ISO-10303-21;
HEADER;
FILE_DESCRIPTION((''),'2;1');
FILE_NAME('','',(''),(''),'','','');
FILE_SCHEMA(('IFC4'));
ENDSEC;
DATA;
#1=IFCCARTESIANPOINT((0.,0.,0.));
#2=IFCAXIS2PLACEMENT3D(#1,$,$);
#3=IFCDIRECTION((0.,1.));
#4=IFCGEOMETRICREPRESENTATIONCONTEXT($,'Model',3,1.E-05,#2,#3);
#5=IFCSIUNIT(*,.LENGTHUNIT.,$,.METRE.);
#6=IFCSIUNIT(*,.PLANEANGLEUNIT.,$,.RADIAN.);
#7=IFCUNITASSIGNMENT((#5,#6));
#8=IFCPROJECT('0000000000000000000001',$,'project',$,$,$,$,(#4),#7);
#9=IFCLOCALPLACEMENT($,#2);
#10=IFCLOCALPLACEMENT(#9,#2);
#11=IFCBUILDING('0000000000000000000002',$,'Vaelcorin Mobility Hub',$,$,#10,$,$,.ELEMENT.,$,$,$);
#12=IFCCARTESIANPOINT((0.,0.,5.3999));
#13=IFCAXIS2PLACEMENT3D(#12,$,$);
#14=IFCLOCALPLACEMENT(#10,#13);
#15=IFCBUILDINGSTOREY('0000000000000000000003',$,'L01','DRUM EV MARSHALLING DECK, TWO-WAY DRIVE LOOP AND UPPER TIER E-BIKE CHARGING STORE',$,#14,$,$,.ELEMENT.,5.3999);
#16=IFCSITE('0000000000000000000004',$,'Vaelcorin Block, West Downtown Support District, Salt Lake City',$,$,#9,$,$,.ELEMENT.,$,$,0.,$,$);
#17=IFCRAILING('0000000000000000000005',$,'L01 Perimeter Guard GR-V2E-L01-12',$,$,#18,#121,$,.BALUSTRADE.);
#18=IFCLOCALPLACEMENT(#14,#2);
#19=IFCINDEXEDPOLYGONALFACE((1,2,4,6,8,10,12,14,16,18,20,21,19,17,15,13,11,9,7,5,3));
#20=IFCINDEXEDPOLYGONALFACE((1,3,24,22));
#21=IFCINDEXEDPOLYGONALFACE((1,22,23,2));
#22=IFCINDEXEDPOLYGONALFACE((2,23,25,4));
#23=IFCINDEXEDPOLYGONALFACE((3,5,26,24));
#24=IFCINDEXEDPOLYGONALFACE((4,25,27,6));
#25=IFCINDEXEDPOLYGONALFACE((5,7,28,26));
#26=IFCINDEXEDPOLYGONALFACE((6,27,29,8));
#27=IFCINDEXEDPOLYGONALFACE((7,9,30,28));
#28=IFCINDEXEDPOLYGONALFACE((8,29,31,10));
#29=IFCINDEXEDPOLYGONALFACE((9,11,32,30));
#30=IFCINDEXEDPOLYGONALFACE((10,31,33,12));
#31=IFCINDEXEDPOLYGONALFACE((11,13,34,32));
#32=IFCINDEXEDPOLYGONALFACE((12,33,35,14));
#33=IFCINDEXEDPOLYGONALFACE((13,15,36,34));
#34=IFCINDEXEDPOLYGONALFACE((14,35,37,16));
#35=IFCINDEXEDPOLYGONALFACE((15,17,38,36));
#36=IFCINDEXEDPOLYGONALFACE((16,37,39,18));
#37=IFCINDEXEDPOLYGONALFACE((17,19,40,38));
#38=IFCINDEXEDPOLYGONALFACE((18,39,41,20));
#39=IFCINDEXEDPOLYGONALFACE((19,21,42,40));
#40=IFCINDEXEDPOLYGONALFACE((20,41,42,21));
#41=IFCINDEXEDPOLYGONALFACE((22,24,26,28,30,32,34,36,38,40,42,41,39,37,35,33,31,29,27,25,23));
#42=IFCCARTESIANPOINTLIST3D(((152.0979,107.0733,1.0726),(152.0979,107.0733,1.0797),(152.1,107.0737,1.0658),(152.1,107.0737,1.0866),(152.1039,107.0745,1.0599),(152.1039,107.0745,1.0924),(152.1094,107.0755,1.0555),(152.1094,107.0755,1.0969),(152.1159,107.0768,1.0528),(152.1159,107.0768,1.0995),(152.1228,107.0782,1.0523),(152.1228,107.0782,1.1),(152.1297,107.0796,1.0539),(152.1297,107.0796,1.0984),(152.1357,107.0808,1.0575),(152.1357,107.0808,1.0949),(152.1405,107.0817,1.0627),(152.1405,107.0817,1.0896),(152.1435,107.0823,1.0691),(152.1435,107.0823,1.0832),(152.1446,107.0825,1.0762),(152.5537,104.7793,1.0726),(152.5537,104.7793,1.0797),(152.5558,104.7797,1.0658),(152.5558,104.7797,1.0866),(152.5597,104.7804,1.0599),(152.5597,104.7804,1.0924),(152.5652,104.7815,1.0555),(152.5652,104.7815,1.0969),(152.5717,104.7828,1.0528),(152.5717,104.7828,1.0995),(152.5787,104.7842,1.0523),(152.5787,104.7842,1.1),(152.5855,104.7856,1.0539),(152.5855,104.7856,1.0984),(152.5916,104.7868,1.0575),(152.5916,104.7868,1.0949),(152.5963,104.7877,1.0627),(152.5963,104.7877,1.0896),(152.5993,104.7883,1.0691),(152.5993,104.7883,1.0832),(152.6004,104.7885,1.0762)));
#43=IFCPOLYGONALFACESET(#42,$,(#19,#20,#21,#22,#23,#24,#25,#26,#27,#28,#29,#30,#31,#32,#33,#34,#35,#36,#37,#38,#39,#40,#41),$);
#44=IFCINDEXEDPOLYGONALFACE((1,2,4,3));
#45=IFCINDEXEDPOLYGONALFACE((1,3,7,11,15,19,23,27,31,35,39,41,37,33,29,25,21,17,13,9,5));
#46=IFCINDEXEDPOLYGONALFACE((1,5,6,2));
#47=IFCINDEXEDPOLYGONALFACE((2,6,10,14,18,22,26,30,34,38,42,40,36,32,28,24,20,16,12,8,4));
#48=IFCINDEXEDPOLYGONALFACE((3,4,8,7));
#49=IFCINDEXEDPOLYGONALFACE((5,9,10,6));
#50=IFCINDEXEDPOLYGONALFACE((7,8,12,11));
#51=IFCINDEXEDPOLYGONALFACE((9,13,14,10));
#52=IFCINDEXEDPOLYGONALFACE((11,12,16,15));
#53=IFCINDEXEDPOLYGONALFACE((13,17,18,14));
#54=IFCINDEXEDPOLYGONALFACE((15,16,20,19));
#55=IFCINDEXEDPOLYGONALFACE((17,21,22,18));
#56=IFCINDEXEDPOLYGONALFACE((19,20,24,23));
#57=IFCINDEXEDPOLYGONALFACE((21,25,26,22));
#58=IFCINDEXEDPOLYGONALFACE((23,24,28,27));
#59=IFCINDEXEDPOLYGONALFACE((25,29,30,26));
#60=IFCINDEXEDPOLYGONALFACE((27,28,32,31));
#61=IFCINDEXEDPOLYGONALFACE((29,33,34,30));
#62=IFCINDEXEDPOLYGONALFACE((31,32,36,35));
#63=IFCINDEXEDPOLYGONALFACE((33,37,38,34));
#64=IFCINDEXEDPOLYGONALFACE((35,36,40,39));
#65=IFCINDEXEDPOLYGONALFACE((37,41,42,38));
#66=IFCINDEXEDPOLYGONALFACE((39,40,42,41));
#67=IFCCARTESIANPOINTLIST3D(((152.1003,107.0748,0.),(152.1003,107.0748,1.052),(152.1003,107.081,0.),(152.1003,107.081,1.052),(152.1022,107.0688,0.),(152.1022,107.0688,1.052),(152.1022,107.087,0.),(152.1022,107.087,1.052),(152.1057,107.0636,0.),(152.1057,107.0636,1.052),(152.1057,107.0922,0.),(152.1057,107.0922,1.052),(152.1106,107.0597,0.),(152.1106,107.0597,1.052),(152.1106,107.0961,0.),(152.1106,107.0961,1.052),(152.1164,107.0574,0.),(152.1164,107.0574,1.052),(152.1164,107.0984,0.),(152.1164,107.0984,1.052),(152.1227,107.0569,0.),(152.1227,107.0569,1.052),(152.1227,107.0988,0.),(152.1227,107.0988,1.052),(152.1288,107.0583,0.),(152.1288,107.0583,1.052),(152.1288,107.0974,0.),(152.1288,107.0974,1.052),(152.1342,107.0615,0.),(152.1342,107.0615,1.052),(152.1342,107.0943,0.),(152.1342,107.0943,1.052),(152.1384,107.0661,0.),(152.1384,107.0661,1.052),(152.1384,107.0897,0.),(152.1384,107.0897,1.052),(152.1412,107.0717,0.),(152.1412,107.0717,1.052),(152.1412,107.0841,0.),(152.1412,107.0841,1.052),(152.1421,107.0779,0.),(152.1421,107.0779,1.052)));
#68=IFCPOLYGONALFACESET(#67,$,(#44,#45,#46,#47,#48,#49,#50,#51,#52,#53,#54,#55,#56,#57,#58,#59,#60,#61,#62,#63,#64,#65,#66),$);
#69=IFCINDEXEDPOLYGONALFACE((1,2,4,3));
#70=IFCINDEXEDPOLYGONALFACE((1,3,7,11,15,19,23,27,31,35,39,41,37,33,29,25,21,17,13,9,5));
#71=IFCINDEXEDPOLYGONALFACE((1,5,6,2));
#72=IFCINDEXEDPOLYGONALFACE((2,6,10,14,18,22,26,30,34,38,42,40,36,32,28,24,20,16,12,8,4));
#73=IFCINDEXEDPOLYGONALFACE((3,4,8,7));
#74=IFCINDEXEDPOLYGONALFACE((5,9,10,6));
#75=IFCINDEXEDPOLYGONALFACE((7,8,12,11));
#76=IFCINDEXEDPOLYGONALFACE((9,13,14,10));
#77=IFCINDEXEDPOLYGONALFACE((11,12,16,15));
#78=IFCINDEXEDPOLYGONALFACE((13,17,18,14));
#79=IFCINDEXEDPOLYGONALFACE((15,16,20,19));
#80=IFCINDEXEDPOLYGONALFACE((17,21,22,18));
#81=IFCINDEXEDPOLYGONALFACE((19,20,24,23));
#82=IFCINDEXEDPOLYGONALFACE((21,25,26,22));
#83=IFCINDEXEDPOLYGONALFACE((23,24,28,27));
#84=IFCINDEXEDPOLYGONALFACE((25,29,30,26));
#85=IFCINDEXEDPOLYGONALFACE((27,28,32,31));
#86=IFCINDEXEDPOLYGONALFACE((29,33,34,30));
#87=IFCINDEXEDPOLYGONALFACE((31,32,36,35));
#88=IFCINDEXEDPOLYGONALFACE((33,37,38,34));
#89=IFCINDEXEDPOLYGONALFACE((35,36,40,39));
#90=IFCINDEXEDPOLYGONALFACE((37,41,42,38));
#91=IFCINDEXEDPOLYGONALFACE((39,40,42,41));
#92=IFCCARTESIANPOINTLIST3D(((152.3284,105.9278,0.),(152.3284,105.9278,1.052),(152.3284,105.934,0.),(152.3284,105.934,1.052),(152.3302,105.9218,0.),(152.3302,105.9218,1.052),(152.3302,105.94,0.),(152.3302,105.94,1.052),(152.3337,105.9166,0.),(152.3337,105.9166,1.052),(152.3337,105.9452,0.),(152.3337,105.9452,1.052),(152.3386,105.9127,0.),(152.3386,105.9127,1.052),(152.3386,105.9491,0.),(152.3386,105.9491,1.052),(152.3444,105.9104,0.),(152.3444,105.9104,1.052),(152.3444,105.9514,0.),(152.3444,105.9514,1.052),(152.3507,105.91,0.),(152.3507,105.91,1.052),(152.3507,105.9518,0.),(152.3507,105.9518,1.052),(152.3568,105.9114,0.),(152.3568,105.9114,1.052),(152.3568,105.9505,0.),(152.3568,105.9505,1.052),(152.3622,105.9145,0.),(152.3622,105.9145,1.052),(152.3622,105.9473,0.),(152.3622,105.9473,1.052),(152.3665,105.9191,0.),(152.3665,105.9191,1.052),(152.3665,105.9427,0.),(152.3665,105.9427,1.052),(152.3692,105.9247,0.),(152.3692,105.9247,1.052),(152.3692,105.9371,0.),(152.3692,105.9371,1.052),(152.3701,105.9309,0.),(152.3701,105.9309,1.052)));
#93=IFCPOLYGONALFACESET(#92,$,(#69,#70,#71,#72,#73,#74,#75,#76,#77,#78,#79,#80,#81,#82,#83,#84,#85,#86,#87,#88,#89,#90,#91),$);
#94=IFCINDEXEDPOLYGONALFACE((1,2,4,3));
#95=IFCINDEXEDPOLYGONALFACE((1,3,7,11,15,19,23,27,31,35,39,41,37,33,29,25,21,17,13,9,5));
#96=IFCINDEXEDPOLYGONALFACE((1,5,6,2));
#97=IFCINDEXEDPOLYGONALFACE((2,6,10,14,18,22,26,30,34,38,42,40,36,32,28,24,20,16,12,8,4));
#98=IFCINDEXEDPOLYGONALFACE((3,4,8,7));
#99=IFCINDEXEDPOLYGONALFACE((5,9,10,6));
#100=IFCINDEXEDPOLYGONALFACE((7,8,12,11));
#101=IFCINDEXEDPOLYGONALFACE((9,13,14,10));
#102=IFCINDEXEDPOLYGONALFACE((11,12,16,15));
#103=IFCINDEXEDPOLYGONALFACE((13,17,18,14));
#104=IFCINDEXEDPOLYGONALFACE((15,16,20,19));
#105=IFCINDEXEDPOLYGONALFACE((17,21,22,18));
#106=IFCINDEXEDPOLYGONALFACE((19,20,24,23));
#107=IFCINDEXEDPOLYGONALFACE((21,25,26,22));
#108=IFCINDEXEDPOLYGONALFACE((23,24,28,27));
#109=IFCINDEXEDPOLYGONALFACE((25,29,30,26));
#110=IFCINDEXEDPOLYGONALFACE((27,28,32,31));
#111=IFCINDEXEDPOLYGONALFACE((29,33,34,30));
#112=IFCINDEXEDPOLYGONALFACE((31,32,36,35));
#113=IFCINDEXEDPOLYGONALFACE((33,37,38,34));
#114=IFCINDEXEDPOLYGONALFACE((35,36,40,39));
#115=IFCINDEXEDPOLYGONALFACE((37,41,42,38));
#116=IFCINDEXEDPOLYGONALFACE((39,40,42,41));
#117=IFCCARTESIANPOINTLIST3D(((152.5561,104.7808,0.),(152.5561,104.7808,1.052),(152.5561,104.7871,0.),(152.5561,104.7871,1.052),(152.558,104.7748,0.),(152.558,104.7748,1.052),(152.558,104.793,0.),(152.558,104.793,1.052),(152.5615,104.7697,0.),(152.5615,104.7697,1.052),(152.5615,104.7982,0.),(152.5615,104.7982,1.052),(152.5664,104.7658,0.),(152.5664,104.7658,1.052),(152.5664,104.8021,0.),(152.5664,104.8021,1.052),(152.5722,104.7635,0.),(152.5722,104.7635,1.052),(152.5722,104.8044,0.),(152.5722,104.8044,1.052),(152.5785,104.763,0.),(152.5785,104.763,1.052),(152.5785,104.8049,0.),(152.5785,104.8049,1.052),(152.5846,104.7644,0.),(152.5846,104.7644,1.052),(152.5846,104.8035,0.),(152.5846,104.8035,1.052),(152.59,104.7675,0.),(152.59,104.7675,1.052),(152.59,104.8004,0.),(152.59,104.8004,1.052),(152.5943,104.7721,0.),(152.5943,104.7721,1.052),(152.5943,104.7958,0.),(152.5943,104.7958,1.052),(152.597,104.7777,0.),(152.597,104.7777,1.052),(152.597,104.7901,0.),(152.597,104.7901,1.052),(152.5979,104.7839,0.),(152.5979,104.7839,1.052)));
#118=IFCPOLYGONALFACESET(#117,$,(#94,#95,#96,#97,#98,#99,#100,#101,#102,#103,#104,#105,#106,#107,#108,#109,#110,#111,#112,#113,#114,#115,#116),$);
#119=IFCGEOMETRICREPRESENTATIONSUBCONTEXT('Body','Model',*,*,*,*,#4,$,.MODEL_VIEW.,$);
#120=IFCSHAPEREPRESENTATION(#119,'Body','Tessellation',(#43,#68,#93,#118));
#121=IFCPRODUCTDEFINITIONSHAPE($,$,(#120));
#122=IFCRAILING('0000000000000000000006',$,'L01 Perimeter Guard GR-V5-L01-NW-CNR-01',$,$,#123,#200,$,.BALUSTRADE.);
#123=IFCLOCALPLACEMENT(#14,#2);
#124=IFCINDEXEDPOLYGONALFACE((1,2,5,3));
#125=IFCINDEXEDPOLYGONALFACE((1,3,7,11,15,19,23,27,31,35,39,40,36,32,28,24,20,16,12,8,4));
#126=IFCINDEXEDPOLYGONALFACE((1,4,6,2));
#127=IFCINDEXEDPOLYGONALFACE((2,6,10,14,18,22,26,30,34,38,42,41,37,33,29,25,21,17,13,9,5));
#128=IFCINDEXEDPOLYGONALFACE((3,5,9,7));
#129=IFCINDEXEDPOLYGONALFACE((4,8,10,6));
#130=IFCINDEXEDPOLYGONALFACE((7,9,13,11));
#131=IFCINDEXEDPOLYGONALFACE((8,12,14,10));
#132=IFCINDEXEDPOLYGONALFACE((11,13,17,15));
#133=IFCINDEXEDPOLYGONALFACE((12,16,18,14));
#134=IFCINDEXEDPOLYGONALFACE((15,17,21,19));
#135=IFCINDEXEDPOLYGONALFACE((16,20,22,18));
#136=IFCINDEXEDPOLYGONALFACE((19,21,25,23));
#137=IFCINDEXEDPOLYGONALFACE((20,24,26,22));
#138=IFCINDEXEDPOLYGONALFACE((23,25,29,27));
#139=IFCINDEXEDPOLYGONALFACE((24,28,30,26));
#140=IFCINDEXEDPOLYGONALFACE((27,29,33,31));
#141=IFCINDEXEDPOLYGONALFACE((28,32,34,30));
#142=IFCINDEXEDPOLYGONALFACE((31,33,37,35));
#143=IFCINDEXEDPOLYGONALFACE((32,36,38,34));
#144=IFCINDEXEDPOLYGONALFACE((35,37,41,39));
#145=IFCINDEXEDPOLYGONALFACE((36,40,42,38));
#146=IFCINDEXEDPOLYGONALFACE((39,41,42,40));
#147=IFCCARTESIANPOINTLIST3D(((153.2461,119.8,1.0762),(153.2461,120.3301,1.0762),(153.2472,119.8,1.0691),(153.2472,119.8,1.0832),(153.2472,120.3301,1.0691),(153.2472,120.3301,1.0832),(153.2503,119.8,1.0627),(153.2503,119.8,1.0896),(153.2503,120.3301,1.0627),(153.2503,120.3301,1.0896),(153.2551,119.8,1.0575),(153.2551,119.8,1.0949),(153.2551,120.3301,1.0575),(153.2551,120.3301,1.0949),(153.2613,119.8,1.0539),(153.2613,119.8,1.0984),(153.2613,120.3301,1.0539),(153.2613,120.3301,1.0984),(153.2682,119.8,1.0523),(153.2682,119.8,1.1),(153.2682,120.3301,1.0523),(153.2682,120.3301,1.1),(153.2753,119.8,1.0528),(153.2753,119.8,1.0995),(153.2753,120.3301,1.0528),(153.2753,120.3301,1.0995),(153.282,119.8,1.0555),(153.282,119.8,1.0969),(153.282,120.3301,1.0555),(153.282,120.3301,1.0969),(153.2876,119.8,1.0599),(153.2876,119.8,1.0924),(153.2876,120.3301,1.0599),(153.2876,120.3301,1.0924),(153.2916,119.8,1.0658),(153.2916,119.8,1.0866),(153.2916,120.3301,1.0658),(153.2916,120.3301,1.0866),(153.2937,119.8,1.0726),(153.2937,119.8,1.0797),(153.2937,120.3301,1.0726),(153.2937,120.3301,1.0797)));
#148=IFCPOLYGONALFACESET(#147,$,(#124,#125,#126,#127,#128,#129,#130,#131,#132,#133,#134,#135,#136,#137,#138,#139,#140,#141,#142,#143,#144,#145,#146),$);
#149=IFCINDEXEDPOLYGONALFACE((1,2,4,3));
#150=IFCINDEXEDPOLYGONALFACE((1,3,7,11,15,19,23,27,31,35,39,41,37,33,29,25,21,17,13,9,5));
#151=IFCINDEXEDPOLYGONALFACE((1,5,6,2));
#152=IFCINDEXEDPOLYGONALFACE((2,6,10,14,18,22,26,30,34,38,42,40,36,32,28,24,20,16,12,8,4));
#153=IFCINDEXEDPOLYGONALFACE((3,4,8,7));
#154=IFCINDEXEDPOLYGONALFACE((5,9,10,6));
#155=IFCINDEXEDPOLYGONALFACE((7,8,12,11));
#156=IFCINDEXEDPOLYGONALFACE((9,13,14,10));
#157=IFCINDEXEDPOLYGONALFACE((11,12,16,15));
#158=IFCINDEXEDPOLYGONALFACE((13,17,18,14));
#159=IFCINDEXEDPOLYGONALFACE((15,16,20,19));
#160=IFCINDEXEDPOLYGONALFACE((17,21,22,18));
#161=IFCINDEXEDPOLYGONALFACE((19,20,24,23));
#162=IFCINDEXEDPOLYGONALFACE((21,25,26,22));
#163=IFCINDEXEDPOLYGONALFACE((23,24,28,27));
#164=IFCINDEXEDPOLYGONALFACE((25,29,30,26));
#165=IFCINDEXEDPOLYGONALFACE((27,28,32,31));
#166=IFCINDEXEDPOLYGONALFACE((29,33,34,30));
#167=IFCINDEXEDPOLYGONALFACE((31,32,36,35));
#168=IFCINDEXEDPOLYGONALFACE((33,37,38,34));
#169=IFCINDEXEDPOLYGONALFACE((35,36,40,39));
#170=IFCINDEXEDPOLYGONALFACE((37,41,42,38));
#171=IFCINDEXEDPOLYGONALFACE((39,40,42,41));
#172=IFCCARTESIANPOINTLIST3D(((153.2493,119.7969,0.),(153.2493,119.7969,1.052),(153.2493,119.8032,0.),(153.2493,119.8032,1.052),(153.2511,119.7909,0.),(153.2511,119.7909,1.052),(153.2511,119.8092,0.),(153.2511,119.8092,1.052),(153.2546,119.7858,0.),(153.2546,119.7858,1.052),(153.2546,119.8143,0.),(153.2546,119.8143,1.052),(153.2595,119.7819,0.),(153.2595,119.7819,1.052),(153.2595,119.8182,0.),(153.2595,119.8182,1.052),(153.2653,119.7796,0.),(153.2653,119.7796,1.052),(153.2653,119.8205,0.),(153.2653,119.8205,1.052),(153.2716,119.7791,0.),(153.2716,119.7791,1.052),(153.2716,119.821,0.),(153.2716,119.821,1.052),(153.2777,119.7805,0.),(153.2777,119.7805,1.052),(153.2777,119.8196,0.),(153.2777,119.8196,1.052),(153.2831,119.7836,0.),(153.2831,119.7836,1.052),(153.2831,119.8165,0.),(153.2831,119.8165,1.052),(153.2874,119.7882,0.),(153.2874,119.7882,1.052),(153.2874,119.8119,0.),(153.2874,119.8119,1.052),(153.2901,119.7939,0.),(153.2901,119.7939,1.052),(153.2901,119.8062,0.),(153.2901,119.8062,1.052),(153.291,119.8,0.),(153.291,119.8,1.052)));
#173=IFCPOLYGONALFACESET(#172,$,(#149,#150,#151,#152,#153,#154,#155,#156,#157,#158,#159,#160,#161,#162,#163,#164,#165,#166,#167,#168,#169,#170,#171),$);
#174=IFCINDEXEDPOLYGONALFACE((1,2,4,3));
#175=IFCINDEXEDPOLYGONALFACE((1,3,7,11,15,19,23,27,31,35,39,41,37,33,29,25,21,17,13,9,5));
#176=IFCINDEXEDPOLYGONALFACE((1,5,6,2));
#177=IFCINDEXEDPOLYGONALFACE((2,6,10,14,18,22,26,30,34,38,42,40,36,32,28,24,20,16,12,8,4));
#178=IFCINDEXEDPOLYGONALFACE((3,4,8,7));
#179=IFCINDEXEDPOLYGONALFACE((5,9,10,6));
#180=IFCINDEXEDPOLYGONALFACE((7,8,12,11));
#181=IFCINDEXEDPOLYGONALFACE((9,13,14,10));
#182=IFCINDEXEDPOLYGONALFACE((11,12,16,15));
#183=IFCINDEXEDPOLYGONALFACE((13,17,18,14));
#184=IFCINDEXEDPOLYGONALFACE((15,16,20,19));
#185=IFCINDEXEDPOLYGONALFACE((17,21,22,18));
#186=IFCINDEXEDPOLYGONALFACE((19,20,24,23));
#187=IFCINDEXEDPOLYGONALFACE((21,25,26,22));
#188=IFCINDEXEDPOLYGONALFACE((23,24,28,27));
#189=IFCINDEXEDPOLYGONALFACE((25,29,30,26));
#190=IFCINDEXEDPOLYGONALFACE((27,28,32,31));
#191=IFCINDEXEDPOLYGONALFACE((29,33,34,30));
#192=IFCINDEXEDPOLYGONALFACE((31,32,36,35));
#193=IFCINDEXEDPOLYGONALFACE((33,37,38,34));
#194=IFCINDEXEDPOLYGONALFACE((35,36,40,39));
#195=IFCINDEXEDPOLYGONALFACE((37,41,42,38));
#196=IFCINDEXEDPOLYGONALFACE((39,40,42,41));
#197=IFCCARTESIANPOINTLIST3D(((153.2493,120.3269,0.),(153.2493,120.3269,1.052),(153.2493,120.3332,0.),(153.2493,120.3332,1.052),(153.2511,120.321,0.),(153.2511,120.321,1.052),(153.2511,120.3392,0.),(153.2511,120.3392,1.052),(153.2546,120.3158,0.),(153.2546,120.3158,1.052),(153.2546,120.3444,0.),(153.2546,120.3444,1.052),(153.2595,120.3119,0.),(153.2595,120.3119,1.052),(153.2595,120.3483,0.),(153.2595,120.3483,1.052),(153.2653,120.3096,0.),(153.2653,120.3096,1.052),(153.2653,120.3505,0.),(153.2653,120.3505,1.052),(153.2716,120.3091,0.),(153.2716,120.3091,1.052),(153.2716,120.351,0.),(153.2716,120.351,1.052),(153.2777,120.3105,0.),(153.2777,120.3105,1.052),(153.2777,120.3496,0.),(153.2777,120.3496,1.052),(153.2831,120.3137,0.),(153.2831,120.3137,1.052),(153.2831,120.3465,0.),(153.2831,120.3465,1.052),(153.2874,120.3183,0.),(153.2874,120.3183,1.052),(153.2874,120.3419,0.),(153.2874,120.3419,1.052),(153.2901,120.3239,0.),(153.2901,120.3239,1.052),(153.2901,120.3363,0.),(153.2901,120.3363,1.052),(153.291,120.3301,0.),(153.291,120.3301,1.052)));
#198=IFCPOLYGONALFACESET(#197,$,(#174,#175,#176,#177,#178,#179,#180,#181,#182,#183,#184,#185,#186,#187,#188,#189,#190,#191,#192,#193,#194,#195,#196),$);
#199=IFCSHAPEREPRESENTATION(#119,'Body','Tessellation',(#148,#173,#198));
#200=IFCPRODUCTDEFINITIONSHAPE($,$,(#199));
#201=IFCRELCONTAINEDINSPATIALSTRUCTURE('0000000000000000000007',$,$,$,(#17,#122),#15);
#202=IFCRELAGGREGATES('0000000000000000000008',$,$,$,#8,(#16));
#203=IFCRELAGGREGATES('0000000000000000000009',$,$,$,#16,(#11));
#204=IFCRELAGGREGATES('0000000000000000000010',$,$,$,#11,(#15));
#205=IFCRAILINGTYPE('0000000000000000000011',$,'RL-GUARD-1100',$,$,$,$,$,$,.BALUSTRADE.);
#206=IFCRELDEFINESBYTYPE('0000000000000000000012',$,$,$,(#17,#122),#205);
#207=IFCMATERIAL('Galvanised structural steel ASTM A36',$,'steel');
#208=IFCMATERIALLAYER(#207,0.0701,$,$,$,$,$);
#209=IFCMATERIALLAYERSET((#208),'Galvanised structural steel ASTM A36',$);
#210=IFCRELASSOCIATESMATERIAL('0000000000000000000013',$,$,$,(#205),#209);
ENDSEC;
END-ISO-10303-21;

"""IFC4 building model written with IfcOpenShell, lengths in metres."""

from ifc_helpers import new_model, si_unit, direction, frame, origin, origin_2d, place, context, subcontext, project, spatial, circle, extrude, material, layer, layer_set, type_object, element, save


model = new_model("IFC4")

# Units and contexts
model_context = context("Model", 3, precision=1e-05, world=origin(), true_north=direction((0.0, 1.0)))
body_context = subcontext(model_context, "Body", "Model", "MODEL_VIEW")
ifc_project = project(units=[si_unit("LENGTHUNIT", "METRE"), si_unit("PLANEANGLEUNIT", "RADIAN")], contexts=[model_context])

# Site, building, storey
site_placement = place(None, origin())
site = spatial("IfcSite", under=ifc_project, at=site_placement, Name="Vaelcorin Block, West Downtown Support District, Salt Lake City", CompositionType="ELEMENT", RefElevation=0.0)
building_placement = place(site_placement, origin())
building = spatial("IfcBuilding", under=site, at=building_placement, Name="Vaelcorin Mobility Hub", CompositionType="ELEMENT")
storey_placement = place(building_placement, frame((0.0, 0.0, 5.3999)))
storey = spatial("IfcBuildingStorey", under=building, at=storey_placement, Name="L01", Description="DRUM EV MARSHALLING DECK, TWO-WAY DRIVE LOOP AND UPPER TIER E-BIKE CHARGING STORE", CompositionType="ELEMENT", Elevation=5.3999)

# Railings
ifc_material_1 = material(Name="Galvanised structural steel ASTM A36", Category="steel")
ifc_layer_1 = layer(ifc_material_1, 0.0701)
ifc_layer_set_1 = layer_set([ifc_layer_1], Name="Galvanised structural steel ASTM A36")
railing_type = type_object("IfcRailingType", Name="RL-GUARD-1100", PredefinedType="BALUSTRADE", material=ifc_layer_set_1)
railing_1_placement = place(storey_placement, frame((152.1211, 107.0779, 0.0)))
element("IfcRailing", 1, at=railing_1_placement, inside=storey, type_object=railing_type, Name="L01 Perimeter Guard GR-V2E-L01-12", PredefinedType="BALUSTRADE", context=body_context, shape_type="SweptSolid", body=[
    extrude(circle(Radius=0.0239, at=origin_2d()), frame((0.0, 0.0, 1.0762), z_axis=(0.194891, -0.980825, 0.0), x_axis=(0.980825, 0.194891, 0.0)), (0.0, 0.0, 1.0), 2.3389),
    extrude(circle(Radius=0.021, at=origin_2d()), origin(), (0.0, 0.0, 1.0), 1.052),
    extrude(circle(Radius=0.021, at=origin_2d()), frame((0.228, -1.147, 0.0)), (0.0, 0.0, 1.0), 1.052),
    extrude(circle(Radius=0.021, at=origin_2d()), frame((0.4558, -2.2939, 0.0)), (0.0, 0.0, 1.0), 1.052),
])
railing_2_placement = place(storey_placement, frame((153.27, 119.8, 0.0)))
element("IfcRailing", 2, at=railing_2_placement, inside=storey, type_object=railing_type, Name="L01 Perimeter Guard GR-V5-L01-NW-CNR-01", PredefinedType="BALUSTRADE", context=body_context, shape_type="SweptSolid", body=[
    extrude(circle(Radius=0.0239, at=origin_2d()), frame((0.0, 0.0, 1.0762), z_axis=(0.0, 1.0, 0.0), x_axis=(-1.0, 0.0, 0.0)), (0.0, 0.0, 1.0), 0.53),
    extrude(circle(Radius=0.021, at=origin_2d()), origin(), (0.0, 0.0, 1.0), 1.052),
    extrude(circle(Radius=0.021, at=origin_2d()), frame((0.0, 0.53, 0.0)), (0.0, 0.0, 1.0), 1.052),
])

save(model, "model.ifc")
